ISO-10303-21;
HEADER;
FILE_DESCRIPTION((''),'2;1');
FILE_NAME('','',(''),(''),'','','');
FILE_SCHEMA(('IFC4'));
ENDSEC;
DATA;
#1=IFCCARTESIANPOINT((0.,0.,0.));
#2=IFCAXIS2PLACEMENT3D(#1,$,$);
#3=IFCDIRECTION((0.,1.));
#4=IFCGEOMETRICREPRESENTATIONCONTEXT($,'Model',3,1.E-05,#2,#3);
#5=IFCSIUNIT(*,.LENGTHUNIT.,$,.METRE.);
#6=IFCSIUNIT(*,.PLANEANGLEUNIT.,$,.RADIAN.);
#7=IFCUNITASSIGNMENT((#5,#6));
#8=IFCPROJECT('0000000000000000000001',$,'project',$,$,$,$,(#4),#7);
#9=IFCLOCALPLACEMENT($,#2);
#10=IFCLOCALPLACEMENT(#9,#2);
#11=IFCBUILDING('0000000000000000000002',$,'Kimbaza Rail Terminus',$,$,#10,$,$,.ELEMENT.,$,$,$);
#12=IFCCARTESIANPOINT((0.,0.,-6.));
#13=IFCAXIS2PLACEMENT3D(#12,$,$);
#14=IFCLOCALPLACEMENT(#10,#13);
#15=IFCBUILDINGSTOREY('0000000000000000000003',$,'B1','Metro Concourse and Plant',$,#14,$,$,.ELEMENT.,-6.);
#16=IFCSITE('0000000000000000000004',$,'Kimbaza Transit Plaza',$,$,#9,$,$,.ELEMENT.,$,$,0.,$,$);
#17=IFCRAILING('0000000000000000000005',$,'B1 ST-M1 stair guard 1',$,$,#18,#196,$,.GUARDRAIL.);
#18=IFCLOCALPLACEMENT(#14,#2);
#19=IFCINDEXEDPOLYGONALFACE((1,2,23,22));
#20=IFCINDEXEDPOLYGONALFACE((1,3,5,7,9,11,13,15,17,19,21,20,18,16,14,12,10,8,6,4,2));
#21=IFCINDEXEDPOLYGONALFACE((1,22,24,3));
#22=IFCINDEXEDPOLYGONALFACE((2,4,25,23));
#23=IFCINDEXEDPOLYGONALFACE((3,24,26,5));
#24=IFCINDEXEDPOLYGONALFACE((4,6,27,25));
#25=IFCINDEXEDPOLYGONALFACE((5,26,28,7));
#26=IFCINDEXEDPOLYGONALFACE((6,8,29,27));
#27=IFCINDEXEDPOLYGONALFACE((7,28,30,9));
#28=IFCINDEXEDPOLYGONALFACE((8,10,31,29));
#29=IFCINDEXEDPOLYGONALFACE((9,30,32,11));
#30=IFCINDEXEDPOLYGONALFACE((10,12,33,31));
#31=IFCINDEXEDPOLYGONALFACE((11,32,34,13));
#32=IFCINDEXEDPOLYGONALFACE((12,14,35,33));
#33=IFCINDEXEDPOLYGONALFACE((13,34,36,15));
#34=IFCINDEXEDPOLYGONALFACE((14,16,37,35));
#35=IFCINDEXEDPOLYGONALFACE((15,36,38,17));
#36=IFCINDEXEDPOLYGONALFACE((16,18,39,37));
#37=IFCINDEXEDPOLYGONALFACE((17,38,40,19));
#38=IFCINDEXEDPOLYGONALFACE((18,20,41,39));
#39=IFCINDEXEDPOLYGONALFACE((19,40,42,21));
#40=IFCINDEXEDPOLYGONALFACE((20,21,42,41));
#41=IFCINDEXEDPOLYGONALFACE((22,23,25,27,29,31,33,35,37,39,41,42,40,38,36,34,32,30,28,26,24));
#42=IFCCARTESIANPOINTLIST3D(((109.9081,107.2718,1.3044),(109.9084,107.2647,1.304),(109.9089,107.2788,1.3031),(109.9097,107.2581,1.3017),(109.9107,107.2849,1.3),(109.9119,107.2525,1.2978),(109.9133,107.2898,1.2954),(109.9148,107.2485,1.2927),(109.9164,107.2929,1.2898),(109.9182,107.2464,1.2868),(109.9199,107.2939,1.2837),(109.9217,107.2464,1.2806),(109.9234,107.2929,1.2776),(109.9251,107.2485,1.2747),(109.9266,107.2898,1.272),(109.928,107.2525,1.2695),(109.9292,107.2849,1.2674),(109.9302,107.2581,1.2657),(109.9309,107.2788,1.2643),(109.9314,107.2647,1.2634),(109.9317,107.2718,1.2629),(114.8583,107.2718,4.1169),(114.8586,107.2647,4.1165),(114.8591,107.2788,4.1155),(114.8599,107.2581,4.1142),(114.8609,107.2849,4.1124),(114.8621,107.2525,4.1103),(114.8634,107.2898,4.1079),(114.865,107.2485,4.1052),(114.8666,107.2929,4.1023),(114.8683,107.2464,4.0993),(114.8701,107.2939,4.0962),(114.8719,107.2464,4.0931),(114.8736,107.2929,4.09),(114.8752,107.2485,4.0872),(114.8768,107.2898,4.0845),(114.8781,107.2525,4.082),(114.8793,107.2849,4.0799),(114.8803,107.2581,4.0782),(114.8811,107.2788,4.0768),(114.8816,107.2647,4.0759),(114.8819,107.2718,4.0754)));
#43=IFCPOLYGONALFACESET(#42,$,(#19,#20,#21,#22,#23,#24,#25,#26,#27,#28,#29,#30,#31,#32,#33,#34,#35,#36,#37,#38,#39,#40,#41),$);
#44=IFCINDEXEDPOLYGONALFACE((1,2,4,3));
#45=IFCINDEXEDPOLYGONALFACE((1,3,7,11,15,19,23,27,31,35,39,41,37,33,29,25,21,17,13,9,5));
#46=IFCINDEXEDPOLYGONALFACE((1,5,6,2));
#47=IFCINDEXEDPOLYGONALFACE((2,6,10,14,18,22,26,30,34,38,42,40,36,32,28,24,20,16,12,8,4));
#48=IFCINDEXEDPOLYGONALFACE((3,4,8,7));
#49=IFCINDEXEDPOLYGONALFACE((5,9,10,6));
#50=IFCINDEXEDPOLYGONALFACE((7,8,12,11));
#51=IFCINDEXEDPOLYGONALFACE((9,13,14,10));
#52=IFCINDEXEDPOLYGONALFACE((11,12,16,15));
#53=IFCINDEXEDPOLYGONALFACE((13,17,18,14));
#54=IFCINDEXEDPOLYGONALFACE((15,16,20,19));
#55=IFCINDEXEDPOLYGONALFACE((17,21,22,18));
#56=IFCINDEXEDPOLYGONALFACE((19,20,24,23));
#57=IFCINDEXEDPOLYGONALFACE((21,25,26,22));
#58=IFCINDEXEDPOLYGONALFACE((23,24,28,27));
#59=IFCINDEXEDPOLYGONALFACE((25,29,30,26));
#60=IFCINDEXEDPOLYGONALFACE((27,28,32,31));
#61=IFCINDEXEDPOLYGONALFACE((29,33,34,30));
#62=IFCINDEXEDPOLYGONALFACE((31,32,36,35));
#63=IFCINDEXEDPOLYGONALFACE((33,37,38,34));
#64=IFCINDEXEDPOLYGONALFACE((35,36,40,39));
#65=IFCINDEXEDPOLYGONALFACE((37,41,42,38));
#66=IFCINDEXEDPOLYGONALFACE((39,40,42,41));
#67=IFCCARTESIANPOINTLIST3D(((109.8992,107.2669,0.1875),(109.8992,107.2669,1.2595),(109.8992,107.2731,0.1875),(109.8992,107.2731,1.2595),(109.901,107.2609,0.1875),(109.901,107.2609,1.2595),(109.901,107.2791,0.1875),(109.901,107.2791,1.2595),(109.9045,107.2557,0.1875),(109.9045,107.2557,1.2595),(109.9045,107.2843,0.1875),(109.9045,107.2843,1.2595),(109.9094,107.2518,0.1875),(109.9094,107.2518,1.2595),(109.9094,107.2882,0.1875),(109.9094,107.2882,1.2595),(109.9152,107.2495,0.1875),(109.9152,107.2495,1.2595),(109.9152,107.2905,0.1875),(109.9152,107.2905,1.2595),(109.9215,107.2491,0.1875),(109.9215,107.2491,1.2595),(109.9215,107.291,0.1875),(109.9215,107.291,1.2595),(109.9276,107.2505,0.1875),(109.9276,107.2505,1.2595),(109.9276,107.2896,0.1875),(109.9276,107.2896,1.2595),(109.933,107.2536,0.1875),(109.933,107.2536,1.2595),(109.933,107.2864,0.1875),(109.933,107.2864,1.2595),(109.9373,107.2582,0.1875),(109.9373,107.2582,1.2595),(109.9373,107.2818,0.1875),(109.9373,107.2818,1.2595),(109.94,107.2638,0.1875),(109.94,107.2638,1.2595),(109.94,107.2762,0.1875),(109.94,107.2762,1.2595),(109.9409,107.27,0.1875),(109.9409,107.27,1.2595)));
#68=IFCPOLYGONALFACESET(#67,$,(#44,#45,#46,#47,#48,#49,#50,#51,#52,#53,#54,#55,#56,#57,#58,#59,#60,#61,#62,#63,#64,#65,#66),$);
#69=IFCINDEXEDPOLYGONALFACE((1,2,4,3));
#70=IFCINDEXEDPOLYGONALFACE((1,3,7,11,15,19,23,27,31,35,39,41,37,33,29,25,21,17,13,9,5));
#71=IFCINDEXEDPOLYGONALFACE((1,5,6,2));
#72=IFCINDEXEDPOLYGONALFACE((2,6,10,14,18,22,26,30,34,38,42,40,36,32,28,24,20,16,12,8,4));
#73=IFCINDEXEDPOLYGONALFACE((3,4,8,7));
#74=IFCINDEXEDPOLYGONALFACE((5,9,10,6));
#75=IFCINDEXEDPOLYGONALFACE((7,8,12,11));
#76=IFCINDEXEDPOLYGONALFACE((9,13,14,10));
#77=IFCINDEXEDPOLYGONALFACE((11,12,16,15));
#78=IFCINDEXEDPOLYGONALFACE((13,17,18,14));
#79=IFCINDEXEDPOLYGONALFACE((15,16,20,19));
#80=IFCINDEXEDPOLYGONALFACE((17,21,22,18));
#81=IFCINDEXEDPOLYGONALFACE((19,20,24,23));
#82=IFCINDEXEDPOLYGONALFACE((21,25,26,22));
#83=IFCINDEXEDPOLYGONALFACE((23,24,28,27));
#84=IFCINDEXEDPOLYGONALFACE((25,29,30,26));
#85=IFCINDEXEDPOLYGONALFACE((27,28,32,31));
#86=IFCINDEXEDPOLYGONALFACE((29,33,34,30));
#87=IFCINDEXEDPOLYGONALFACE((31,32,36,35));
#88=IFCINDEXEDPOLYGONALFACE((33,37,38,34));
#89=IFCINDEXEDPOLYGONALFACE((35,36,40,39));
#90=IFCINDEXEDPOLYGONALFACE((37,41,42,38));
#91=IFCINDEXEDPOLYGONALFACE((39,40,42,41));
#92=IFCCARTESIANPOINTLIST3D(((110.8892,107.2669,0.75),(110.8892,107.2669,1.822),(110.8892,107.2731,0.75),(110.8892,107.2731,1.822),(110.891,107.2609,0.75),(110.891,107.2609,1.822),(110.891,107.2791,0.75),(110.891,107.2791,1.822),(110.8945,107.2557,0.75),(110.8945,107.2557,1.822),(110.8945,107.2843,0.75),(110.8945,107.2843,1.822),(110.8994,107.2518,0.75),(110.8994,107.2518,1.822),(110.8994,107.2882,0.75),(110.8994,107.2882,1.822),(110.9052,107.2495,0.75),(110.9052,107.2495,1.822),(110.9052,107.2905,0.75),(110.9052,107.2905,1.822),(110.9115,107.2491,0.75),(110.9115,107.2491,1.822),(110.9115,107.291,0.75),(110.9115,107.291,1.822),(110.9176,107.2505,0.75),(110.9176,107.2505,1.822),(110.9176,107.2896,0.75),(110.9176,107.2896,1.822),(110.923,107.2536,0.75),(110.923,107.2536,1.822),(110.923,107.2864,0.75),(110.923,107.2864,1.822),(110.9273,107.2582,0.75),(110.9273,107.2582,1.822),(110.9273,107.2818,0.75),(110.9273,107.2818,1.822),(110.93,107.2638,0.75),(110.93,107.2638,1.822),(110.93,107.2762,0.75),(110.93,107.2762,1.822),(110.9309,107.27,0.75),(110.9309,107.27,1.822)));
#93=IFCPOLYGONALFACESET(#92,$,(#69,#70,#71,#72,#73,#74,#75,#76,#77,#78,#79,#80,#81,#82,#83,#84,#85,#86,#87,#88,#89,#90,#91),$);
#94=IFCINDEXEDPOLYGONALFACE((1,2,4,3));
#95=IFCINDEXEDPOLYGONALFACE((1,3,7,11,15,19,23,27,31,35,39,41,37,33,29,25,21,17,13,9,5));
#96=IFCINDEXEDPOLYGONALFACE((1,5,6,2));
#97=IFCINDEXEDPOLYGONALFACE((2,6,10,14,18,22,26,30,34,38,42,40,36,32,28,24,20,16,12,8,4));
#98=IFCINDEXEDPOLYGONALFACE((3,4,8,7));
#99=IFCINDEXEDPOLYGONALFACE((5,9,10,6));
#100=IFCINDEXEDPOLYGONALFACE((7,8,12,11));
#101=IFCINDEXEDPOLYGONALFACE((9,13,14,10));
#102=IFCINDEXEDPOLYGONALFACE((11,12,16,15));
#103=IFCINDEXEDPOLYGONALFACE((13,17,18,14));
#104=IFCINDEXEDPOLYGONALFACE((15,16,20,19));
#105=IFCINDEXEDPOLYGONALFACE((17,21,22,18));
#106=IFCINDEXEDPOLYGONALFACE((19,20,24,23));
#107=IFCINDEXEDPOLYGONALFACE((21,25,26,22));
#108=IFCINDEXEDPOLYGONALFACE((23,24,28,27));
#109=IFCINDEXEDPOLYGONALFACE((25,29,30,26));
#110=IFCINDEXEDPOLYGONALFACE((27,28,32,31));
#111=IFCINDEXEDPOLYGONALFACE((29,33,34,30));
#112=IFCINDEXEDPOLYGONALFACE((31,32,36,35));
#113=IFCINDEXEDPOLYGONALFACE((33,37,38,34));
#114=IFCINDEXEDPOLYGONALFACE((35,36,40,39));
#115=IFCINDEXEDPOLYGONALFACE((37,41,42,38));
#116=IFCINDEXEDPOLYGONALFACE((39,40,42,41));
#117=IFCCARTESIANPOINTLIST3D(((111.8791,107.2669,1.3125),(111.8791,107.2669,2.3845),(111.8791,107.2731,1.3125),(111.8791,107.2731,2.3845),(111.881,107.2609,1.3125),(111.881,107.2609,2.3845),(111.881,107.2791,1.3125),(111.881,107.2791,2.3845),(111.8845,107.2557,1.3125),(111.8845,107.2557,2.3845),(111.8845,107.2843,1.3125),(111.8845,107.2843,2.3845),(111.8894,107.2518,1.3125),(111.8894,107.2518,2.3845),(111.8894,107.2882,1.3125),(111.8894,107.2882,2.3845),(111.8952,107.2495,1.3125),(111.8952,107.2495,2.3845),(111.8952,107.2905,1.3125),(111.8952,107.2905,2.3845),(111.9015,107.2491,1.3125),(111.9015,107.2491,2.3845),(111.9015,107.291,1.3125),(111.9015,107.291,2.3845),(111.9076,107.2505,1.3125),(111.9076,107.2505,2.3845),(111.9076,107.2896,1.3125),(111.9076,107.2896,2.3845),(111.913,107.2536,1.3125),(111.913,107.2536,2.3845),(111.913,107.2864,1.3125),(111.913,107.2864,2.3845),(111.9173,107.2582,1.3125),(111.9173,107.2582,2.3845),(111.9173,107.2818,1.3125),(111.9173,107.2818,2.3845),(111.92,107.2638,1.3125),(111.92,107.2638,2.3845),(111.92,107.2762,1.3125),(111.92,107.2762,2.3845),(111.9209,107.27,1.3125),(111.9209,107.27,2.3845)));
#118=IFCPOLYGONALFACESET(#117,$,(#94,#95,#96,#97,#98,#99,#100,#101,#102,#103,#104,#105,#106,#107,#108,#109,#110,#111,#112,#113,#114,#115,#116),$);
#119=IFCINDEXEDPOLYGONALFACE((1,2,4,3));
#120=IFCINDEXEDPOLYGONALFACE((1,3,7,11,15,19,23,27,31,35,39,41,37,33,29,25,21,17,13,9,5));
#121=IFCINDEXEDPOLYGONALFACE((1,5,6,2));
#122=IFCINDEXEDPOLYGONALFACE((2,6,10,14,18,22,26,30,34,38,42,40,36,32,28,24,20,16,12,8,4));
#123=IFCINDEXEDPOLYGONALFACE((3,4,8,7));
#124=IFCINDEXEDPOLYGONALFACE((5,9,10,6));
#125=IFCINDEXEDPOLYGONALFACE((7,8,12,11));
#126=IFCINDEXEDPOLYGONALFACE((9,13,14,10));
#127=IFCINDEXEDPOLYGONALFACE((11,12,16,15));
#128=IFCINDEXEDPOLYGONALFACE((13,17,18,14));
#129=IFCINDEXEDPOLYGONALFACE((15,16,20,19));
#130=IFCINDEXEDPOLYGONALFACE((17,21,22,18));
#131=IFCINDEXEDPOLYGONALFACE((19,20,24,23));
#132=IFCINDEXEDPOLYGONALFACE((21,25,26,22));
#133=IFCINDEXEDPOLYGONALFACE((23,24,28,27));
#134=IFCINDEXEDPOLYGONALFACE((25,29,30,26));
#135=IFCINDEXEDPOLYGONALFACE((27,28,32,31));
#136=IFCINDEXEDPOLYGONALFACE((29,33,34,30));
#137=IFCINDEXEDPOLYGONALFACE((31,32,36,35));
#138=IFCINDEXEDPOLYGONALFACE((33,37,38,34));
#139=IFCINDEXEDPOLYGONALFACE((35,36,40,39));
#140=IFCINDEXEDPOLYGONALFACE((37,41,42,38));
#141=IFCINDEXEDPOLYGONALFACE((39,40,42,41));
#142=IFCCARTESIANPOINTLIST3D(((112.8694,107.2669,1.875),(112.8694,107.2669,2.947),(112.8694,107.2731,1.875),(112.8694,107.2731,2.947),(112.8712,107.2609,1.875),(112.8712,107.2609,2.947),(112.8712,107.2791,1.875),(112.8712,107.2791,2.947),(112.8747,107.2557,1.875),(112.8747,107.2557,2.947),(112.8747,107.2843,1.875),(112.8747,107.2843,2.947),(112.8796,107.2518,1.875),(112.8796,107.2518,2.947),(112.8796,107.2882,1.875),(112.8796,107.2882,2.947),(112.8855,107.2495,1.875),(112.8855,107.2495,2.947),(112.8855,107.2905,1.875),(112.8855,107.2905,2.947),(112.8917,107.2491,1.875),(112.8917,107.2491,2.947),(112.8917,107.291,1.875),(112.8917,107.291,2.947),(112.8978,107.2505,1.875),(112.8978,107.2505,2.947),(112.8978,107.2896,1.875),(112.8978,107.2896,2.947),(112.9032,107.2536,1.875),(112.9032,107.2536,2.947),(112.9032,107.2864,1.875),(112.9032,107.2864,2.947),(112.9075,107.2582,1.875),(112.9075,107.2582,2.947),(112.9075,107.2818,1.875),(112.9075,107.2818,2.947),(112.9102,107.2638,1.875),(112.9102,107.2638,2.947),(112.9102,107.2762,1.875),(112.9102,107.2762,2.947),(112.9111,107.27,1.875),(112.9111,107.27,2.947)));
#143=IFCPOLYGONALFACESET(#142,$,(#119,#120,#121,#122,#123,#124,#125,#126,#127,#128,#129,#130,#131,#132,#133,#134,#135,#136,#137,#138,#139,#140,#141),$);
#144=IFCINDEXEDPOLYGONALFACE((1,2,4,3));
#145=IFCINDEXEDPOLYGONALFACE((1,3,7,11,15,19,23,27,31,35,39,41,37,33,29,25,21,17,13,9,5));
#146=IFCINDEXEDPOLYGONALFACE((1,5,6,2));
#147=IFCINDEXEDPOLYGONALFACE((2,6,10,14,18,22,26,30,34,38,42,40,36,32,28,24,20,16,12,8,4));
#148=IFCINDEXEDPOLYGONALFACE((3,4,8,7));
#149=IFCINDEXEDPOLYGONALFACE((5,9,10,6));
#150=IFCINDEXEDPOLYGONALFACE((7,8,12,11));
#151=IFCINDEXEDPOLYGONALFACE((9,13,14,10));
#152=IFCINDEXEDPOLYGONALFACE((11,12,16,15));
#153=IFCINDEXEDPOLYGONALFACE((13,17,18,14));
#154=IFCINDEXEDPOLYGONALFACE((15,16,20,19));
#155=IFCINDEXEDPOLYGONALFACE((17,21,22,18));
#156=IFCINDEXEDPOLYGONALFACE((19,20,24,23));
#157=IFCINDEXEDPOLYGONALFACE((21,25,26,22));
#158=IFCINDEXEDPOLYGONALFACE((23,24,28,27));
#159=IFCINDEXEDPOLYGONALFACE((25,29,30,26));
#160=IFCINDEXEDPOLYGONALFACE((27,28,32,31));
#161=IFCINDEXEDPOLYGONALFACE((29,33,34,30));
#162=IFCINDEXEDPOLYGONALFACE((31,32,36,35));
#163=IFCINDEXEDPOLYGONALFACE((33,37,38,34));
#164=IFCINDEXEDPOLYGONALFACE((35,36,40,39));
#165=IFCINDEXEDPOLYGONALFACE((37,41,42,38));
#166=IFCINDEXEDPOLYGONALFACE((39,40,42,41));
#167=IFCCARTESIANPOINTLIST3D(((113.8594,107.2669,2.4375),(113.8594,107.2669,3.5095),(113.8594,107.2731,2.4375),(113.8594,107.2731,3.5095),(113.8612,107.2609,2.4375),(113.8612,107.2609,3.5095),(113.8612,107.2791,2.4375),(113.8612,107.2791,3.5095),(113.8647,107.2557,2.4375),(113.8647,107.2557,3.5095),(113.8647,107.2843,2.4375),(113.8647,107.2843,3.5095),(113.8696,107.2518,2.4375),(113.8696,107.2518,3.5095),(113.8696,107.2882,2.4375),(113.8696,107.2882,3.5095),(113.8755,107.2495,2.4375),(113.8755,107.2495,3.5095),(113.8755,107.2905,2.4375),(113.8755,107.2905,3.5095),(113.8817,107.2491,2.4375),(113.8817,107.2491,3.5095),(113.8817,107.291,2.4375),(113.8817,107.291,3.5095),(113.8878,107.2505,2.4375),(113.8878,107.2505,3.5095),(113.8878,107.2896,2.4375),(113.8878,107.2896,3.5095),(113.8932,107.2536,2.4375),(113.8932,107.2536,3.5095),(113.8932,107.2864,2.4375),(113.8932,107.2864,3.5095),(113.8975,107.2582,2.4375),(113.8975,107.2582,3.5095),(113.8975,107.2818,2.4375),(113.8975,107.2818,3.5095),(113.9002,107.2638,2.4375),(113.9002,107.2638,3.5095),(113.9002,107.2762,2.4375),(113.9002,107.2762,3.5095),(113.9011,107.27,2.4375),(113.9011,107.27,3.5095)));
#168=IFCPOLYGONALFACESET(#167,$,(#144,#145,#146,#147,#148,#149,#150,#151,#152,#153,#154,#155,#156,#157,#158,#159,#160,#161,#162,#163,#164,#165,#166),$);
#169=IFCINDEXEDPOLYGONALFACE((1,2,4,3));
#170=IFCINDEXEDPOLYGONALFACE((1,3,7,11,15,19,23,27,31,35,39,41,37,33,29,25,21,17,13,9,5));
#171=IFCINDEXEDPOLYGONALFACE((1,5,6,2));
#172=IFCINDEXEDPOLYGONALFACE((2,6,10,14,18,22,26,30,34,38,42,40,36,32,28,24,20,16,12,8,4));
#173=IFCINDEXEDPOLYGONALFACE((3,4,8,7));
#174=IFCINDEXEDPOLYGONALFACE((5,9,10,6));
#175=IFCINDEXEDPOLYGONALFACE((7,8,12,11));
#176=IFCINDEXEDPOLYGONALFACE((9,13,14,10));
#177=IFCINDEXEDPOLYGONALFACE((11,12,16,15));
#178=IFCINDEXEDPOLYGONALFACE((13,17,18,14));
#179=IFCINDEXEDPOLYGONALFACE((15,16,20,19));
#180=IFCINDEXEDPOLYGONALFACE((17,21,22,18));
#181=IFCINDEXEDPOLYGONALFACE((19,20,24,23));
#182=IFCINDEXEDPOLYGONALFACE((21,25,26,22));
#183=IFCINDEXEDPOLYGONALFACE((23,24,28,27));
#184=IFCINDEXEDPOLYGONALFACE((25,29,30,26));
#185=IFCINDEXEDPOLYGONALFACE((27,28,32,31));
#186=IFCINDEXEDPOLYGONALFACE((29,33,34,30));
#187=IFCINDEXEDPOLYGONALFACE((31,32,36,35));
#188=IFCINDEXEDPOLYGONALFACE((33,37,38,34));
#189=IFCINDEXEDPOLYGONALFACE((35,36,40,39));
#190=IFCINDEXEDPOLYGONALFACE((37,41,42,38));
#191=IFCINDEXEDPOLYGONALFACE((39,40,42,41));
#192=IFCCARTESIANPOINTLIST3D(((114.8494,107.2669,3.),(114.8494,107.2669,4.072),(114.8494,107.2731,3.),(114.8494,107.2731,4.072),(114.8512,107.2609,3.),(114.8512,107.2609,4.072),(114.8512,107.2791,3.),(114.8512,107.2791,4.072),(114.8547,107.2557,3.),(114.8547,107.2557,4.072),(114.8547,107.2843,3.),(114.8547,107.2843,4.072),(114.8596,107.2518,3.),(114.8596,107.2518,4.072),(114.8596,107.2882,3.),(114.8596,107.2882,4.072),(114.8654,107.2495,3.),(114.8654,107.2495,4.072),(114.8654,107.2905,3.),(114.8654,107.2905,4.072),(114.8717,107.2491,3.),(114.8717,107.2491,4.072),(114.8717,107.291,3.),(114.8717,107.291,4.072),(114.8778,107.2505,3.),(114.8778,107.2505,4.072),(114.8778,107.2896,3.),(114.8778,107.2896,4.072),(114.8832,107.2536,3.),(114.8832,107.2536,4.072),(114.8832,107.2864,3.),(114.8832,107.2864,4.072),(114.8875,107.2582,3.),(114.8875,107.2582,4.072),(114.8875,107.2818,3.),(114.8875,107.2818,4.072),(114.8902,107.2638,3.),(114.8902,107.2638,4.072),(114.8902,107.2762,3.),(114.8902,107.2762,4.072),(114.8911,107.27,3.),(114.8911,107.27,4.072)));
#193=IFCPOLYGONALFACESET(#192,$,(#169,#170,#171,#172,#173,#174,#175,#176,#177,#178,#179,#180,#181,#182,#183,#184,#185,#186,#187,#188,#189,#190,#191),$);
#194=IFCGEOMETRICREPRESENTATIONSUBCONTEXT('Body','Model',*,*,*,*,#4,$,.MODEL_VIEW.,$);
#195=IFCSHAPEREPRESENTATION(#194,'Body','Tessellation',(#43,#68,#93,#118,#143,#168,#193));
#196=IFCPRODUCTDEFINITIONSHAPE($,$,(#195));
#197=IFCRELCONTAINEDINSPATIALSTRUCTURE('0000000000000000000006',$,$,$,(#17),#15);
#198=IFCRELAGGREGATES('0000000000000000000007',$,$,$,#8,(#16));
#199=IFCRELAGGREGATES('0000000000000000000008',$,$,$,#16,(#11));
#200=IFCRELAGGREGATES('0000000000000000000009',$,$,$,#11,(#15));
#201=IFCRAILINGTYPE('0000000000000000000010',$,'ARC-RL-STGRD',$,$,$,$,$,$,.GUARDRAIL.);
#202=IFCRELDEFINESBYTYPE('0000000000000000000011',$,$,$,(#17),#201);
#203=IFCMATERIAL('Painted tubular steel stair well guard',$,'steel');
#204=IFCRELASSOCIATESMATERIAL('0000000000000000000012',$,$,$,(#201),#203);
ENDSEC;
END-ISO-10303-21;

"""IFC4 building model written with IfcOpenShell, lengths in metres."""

from ifc_helpers import new_model, si_unit, direction, frame, origin, origin_2d, place, context, subcontext, project, spatial, circle, extrude, material, type_object, element, save


model = new_model("IFC4")

# Units and contexts
model_context = context("Model", 3, precision=1e-05, world=origin(), true_north=direction((0.0, 1.0)))
body_context = subcontext(model_context, "Body", "Model", "MODEL_VIEW")
ifc_project = project(units=[si_unit("LENGTHUNIT", "METRE"), si_unit("PLANEANGLEUNIT", "RADIAN")], contexts=[model_context])

# Site, building, storey
site_placement = place(None, origin())
site = spatial("IfcSite", under=ifc_project, at=site_placement, Name="Kimbaza Transit Plaza", CompositionType="ELEMENT", RefElevation=0.0)
building_placement = place(site_placement, origin())
building = spatial("IfcBuilding", under=site, at=building_placement, Name="Kimbaza Rail Terminus", CompositionType="ELEMENT")
storey_placement = place(building_placement, frame((0.0, 0.0, -6.0)))
storey = spatial("IfcBuildingStorey", under=building, at=storey_placement, Name="B1", Description="Metro Concourse and Plant", CompositionType="ELEMENT", Elevation=-6.0)

# Railing
ifc_material_1 = material(Name="Painted tubular steel stair well guard", Category="steel")
railing_type_1 = type_object("IfcRailingType", Name="ARC-RL-STGRD", PredefinedType="GUARDRAIL", material=ifc_material_1)
railing_1_placement = place(storey_placement, frame((109.9199, 107.27, 0.1875)))
element("IfcRailing", 1, at=railing_1_placement, inside=storey, type_object=railing_type_1, Name="B1 ST-M1 stair guard 1", PredefinedType="GUARDRAIL", context=body_context, shape_type="SweptSolid", body=[
    extrude(circle(Radius=0.0239, at=origin_2d()), frame((0.0, 0.0, 1.0962), z_axis=(0.869465, 0.0, 0.493995), x_axis=(0.0, 1.0, 0.0)), (0.0, 0.0, 1.0), 5.6934),
    extrude(circle(Radius=0.021, at=origin_2d()), origin(), (0.0, 0.0, 1.0), 1.072),
    extrude(circle(Radius=0.021, at=origin_2d()), frame((0.99, 0.0, 0.5625)), (0.0, 0.0, 1.0), 1.072),
    extrude(circle(Radius=0.021, at=origin_2d()), frame((1.98, 0.0, 1.125)), (0.0, 0.0, 1.0), 1.072),
    extrude(circle(Radius=0.021, at=origin_2d()), frame((2.9702, 0.0, 1.6875)), (0.0, 0.0, 1.0), 1.072),
    extrude(circle(Radius=0.021, at=origin_2d()), frame((3.9602, 0.0, 2.25)), (0.0, 0.0, 1.0), 1.072),
    extrude(circle(Radius=0.021, at=origin_2d()), frame((4.9502, 0.0, 2.8125)), (0.0, 0.0, 1.0), 1.072),
])

save(model, "model.ifc")
